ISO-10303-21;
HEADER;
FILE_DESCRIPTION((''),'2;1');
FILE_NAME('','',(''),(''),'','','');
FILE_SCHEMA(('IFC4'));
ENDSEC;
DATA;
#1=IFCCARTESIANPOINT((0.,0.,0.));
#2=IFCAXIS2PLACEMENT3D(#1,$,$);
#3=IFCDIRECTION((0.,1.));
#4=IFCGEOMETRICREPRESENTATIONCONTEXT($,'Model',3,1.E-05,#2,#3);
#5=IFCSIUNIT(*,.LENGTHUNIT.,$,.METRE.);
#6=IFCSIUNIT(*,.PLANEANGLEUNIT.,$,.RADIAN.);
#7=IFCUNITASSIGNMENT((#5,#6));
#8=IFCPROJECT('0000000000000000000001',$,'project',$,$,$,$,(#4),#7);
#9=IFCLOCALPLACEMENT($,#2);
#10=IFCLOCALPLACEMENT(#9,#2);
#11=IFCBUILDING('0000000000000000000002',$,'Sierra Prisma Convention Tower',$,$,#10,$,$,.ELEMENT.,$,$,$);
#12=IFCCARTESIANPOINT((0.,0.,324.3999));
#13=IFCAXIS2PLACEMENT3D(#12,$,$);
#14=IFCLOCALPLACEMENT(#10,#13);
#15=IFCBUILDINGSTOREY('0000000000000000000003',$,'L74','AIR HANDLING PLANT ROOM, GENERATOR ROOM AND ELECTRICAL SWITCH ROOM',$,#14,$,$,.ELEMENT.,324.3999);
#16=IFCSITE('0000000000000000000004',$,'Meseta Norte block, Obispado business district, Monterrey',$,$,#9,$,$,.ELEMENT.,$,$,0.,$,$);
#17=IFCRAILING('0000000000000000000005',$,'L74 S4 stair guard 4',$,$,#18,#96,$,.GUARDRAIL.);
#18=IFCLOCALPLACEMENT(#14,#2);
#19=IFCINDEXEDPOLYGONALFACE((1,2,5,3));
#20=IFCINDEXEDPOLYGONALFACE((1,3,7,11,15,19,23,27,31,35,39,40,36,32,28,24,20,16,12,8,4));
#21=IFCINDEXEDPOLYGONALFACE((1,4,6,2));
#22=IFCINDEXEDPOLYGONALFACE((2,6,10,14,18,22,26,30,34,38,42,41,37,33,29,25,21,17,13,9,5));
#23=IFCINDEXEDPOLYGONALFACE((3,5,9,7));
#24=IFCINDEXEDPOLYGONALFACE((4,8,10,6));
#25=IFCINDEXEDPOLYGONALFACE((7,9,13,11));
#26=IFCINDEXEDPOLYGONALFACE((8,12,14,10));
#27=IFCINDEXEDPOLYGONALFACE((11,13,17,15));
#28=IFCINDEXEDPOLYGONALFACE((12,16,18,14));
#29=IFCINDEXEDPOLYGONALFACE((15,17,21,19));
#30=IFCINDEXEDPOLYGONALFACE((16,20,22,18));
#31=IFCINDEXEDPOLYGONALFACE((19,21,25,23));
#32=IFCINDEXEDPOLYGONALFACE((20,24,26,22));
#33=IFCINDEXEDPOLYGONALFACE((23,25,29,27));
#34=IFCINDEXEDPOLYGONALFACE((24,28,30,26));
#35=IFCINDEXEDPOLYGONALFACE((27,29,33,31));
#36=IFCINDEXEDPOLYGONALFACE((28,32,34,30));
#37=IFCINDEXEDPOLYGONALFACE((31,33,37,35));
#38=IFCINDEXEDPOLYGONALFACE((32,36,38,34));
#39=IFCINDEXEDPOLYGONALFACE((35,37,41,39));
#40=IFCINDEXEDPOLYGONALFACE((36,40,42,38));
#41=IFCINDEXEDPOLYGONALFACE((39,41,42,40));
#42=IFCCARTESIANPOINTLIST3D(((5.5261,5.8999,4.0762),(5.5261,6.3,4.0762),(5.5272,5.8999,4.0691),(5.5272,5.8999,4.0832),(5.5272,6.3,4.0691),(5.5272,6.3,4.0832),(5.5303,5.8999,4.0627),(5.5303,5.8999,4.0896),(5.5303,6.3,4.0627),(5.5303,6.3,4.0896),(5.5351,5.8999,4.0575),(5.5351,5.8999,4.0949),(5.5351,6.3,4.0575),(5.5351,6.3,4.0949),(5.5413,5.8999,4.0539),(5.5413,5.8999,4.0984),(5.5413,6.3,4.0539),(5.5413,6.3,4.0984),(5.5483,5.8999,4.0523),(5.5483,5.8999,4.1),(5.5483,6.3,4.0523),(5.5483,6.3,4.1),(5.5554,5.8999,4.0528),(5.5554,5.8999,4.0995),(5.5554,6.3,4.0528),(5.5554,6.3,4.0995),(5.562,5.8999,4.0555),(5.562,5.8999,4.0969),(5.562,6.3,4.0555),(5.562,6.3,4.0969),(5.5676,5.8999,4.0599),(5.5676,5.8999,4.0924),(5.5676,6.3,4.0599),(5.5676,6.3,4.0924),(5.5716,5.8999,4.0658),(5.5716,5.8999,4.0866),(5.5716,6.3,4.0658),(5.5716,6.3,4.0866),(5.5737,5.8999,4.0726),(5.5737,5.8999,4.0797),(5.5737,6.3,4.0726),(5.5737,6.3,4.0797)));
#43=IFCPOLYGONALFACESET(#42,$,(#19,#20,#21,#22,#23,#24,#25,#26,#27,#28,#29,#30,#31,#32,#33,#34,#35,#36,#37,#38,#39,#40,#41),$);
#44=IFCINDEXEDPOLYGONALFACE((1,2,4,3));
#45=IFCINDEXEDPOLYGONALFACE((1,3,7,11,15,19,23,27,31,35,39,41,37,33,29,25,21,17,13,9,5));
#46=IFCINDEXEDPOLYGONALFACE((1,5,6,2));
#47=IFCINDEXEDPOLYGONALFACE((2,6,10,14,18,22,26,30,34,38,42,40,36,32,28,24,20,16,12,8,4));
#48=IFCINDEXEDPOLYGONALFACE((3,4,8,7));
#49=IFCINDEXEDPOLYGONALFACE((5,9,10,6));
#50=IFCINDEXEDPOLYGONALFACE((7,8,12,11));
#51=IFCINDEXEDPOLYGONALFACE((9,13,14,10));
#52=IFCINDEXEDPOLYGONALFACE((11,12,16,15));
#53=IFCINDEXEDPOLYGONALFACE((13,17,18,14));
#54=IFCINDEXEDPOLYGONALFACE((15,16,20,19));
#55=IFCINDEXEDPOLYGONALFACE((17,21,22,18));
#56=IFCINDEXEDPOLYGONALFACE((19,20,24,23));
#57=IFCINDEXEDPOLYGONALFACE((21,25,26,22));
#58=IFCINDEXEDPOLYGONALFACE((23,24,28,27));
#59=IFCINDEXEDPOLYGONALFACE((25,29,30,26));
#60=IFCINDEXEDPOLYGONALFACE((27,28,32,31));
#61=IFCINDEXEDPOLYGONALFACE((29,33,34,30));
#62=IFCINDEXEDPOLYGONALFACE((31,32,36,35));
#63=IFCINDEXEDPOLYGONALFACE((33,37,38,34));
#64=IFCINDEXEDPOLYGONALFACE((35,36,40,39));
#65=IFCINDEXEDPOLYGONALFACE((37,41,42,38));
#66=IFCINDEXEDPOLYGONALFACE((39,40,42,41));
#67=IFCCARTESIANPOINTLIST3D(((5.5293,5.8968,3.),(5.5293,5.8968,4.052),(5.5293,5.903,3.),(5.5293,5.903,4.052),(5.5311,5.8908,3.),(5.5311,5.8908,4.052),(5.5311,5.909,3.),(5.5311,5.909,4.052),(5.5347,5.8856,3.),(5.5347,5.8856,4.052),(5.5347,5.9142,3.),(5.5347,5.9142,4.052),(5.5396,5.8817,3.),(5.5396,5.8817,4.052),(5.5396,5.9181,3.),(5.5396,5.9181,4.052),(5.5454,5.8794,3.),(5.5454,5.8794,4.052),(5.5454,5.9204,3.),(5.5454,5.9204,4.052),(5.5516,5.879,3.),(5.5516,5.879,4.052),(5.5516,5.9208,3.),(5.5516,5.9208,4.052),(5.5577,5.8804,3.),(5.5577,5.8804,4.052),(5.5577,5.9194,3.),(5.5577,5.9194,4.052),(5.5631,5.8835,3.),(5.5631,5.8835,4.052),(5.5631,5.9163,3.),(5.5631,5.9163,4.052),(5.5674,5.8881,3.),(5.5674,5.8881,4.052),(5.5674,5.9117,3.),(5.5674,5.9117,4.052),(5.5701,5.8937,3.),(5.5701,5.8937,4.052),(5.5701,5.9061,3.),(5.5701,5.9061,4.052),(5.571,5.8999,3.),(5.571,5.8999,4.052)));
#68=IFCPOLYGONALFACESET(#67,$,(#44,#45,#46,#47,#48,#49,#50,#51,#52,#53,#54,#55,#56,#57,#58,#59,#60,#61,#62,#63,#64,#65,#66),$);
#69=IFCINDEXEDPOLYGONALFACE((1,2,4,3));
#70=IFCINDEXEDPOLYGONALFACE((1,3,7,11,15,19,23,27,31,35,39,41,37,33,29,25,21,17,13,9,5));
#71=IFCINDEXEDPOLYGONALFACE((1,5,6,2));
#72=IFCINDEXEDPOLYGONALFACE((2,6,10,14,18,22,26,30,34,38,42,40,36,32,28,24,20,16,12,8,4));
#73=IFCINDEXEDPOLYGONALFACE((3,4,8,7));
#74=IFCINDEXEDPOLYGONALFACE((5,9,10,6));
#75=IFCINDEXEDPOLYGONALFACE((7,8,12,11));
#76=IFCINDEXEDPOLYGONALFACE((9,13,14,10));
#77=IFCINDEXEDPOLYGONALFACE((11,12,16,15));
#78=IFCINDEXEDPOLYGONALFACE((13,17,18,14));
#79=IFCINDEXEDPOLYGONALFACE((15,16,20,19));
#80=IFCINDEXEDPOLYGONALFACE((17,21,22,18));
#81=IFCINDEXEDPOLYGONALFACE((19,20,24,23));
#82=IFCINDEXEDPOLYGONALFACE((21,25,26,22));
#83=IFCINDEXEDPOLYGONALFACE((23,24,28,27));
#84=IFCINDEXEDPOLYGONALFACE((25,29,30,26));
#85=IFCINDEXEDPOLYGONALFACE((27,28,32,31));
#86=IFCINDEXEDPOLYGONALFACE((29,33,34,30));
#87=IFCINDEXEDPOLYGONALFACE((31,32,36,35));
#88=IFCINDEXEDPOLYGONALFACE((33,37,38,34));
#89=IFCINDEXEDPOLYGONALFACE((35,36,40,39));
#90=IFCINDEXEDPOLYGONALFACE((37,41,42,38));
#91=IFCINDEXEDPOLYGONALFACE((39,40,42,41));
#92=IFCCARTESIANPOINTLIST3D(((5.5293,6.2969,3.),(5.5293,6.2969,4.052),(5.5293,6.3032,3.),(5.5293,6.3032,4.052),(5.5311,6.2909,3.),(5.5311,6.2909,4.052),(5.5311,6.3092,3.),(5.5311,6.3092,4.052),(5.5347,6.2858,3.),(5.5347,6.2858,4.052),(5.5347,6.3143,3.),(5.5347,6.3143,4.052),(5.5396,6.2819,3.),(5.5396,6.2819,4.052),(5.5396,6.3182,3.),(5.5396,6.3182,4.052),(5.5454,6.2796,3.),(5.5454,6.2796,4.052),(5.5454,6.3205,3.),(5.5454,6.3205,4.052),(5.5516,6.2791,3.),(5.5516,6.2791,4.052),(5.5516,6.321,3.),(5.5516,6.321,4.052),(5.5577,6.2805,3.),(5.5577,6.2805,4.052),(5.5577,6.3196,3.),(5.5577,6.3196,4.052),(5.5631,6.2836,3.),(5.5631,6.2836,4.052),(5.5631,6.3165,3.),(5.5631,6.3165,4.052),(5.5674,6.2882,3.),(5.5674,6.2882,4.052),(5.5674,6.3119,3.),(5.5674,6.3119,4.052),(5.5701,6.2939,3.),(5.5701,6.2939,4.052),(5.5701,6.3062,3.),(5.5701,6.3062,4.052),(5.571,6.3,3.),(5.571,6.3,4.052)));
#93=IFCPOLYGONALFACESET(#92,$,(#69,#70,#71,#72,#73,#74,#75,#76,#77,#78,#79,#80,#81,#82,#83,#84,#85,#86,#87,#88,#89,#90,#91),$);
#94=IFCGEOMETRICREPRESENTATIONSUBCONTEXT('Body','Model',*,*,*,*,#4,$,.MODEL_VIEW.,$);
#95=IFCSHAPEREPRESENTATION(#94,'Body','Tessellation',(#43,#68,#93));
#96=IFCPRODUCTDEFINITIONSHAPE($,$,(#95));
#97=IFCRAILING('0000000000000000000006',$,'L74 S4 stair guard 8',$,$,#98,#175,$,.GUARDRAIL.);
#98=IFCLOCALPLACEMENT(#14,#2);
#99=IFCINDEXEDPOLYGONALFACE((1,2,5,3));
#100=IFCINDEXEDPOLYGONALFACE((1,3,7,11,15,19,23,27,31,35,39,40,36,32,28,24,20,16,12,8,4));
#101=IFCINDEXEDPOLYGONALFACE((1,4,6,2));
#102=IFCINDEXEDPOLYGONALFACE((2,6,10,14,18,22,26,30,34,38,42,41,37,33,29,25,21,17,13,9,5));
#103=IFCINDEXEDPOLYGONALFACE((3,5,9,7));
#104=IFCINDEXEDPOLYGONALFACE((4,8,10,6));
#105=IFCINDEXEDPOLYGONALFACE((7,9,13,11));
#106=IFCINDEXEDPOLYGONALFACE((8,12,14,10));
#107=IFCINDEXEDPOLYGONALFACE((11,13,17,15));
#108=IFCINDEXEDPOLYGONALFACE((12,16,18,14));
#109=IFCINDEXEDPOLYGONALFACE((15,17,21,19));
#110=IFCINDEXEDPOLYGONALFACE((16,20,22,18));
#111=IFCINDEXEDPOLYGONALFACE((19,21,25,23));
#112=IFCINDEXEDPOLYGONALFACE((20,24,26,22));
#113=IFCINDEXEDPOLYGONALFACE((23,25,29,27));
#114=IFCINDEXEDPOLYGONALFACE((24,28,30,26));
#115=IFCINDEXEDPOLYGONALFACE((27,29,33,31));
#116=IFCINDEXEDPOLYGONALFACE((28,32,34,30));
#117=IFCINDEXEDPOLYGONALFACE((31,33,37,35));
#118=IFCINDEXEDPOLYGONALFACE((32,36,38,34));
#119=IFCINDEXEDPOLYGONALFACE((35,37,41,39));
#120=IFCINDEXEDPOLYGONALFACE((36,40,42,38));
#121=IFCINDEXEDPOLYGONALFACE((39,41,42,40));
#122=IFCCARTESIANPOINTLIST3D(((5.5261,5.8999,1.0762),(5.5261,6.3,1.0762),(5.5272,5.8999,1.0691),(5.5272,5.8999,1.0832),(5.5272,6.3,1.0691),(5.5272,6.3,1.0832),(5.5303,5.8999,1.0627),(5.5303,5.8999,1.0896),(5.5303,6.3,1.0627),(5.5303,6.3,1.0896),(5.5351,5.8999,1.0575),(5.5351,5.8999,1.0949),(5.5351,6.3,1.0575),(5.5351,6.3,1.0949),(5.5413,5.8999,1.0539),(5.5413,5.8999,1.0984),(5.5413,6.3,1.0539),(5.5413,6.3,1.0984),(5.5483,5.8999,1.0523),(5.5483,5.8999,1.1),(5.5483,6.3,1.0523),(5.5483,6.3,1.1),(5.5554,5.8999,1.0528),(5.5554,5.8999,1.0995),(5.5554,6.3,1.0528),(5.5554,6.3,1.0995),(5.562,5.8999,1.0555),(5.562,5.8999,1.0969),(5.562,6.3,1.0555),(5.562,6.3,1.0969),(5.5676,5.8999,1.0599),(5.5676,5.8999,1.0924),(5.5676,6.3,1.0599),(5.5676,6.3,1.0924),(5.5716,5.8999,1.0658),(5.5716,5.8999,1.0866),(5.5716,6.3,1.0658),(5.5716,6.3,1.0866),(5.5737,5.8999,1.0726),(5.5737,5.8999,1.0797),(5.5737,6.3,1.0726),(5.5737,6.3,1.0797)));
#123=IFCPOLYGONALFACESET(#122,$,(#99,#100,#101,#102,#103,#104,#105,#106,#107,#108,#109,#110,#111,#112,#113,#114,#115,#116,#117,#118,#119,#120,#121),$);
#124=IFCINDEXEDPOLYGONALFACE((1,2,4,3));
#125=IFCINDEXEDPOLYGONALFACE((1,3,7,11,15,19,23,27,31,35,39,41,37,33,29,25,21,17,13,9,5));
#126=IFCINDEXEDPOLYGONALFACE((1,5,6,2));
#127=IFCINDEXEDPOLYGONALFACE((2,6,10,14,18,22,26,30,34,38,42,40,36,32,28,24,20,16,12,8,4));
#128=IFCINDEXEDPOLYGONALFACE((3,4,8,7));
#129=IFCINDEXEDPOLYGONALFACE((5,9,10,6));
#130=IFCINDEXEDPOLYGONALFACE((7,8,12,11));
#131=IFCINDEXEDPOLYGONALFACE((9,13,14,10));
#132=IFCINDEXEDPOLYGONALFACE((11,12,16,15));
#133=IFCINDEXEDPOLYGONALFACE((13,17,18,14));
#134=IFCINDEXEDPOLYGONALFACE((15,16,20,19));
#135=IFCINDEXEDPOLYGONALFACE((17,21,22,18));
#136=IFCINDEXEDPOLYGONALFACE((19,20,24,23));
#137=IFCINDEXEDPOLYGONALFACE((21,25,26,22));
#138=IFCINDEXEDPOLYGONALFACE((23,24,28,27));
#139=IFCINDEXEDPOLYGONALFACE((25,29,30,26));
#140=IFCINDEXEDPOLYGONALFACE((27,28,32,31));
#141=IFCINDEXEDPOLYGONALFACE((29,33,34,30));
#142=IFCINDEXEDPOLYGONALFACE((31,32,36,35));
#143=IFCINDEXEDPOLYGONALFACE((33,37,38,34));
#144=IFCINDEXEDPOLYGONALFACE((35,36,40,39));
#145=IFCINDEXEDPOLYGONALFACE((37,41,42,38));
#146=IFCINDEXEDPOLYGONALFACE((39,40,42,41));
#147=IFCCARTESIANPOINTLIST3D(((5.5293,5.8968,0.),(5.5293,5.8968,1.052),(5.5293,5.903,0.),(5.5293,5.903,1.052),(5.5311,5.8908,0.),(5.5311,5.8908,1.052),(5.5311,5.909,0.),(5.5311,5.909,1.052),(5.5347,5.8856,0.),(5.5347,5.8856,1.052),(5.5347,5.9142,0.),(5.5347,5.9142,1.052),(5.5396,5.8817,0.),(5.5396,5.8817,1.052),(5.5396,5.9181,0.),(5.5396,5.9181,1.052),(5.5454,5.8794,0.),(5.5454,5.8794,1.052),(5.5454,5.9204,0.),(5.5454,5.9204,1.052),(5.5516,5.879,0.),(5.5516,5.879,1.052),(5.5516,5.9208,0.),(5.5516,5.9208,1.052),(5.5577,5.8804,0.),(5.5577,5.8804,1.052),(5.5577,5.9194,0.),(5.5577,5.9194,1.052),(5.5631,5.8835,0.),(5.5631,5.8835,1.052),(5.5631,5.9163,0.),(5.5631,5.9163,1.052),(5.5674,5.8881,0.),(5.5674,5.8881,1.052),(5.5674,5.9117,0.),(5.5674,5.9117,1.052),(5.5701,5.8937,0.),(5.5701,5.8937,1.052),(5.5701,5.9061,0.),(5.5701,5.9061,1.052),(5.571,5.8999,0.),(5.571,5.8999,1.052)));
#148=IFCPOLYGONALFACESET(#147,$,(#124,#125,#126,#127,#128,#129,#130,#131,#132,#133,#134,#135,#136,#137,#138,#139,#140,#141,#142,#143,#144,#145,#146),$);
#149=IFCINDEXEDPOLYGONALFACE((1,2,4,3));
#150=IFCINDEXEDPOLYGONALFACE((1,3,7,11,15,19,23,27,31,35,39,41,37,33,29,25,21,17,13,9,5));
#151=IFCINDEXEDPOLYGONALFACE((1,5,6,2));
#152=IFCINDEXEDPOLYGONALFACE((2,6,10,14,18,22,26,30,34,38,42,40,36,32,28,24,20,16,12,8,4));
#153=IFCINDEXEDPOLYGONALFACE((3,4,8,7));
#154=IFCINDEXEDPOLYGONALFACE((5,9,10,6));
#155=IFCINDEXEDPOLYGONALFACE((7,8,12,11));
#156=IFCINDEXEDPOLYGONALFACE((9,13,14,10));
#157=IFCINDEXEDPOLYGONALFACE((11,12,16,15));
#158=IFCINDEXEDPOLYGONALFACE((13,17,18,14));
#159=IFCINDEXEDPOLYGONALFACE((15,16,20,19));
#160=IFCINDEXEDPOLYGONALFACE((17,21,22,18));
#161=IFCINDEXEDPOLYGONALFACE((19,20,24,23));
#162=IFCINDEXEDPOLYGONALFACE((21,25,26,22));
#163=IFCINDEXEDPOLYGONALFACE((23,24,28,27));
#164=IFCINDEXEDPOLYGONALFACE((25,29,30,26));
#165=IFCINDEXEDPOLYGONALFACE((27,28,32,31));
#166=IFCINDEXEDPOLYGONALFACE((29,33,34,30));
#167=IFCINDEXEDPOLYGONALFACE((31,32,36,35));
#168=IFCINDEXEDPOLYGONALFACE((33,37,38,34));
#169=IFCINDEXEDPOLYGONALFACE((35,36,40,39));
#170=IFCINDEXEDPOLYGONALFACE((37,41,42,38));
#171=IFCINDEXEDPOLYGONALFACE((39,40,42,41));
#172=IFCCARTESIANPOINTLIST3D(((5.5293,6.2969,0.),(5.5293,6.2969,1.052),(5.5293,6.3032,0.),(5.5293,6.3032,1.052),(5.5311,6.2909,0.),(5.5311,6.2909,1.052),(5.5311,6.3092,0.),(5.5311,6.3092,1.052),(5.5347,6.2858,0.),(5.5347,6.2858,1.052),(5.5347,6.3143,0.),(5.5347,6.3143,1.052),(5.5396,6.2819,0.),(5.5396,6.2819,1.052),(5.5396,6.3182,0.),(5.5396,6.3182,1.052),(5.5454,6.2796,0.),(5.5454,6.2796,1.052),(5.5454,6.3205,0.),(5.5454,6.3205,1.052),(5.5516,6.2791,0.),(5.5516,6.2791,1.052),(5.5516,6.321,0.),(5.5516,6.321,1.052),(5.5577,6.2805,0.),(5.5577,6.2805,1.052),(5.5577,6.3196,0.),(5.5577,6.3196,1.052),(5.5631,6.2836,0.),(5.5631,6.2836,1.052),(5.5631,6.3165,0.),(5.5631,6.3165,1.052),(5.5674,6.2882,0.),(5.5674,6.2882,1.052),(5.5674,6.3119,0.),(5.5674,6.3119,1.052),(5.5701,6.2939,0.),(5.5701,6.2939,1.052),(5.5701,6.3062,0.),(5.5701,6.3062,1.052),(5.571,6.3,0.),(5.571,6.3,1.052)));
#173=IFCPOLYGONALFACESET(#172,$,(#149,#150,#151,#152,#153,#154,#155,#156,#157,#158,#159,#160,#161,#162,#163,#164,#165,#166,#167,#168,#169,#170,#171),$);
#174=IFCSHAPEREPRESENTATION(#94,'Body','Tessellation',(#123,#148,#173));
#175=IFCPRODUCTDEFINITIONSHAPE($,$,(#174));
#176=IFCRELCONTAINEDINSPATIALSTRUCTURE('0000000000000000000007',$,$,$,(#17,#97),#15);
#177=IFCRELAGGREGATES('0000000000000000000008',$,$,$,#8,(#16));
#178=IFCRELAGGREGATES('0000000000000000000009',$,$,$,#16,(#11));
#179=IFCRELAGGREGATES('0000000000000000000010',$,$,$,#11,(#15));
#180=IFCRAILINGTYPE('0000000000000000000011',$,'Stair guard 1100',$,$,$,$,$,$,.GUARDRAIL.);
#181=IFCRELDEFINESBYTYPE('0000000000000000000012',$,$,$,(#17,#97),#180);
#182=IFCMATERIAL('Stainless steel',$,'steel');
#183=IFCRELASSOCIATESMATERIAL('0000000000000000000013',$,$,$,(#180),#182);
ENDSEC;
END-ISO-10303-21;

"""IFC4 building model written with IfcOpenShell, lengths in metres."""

from ifc_helpers import new_model, si_unit, direction, frame, origin, origin_2d, place, context, subcontext, project, spatial, circle, extrude, material, type_object, element, save


model = new_model("IFC4")

# Units and contexts
model_context = context("Model", 3, precision=1e-05, world=origin(), true_north=direction((0.0, 1.0)))
body_context = subcontext(model_context, "Body", "Model", "MODEL_VIEW")
ifc_project = project(units=[si_unit("LENGTHUNIT", "METRE"), si_unit("PLANEANGLEUNIT", "RADIAN")], contexts=[model_context])

# Site, building, storey
site_placement = place(None, origin())
site = spatial("IfcSite", under=ifc_project, at=site_placement, Name="Meseta Norte block, Obispado business district, Monterrey", CompositionType="ELEMENT", RefElevation=0.0)
building_placement = place(site_placement, origin())
building = spatial("IfcBuilding", under=site, at=building_placement, Name="Sierra Prisma Convention Tower", CompositionType="ELEMENT")
storey_placement = place(building_placement, frame((0.0, 0.0, 324.3999)))
storey = spatial("IfcBuildingStorey", under=building, at=storey_placement, Name="L74", Description="AIR HANDLING PLANT ROOM, GENERATOR ROOM AND ELECTRICAL SWITCH ROOM", CompositionType="ELEMENT", Elevation=324.3999)

# Railings
ifc_material_1 = material(Name="Stainless steel", Category="steel")
railing_type_1 = type_object("IfcRailingType", Name="Stair guard 1100", PredefinedType="GUARDRAIL", material=ifc_material_1)
for number, where, name in (
    (1, (5.55, 5.8999, 3.0), "L74 S4 stair guard 4"),
    (2, (5.55, 5.8999, 0.0), "L74 S4 stair guard 8"),
):
    element("IfcRailing", number, at=place(storey_placement, frame(where)), inside=storey, type_object=railing_type_1, Name=name, PredefinedType="GUARDRAIL", context=body_context, shape_type="SweptSolid", body=[
        extrude(circle(Radius=0.0239, at=origin_2d()), frame((0.0, 0.0, 1.0762), z_axis=(0.0, 1.0, 0.0), x_axis=(-1.0, 0.0, 0.0)), (0.0, 0.0, 1.0), 0.4001),
        extrude(circle(Radius=0.021, at=origin_2d()), origin(), (0.0, 0.0, 1.0), 1.052),
        extrude(circle(Radius=0.021, at=origin_2d()), frame((0.0, 0.4001, 0.0)), (0.0, 0.0, 1.0), 1.052),
    ])

save(model, "model.ifc")
